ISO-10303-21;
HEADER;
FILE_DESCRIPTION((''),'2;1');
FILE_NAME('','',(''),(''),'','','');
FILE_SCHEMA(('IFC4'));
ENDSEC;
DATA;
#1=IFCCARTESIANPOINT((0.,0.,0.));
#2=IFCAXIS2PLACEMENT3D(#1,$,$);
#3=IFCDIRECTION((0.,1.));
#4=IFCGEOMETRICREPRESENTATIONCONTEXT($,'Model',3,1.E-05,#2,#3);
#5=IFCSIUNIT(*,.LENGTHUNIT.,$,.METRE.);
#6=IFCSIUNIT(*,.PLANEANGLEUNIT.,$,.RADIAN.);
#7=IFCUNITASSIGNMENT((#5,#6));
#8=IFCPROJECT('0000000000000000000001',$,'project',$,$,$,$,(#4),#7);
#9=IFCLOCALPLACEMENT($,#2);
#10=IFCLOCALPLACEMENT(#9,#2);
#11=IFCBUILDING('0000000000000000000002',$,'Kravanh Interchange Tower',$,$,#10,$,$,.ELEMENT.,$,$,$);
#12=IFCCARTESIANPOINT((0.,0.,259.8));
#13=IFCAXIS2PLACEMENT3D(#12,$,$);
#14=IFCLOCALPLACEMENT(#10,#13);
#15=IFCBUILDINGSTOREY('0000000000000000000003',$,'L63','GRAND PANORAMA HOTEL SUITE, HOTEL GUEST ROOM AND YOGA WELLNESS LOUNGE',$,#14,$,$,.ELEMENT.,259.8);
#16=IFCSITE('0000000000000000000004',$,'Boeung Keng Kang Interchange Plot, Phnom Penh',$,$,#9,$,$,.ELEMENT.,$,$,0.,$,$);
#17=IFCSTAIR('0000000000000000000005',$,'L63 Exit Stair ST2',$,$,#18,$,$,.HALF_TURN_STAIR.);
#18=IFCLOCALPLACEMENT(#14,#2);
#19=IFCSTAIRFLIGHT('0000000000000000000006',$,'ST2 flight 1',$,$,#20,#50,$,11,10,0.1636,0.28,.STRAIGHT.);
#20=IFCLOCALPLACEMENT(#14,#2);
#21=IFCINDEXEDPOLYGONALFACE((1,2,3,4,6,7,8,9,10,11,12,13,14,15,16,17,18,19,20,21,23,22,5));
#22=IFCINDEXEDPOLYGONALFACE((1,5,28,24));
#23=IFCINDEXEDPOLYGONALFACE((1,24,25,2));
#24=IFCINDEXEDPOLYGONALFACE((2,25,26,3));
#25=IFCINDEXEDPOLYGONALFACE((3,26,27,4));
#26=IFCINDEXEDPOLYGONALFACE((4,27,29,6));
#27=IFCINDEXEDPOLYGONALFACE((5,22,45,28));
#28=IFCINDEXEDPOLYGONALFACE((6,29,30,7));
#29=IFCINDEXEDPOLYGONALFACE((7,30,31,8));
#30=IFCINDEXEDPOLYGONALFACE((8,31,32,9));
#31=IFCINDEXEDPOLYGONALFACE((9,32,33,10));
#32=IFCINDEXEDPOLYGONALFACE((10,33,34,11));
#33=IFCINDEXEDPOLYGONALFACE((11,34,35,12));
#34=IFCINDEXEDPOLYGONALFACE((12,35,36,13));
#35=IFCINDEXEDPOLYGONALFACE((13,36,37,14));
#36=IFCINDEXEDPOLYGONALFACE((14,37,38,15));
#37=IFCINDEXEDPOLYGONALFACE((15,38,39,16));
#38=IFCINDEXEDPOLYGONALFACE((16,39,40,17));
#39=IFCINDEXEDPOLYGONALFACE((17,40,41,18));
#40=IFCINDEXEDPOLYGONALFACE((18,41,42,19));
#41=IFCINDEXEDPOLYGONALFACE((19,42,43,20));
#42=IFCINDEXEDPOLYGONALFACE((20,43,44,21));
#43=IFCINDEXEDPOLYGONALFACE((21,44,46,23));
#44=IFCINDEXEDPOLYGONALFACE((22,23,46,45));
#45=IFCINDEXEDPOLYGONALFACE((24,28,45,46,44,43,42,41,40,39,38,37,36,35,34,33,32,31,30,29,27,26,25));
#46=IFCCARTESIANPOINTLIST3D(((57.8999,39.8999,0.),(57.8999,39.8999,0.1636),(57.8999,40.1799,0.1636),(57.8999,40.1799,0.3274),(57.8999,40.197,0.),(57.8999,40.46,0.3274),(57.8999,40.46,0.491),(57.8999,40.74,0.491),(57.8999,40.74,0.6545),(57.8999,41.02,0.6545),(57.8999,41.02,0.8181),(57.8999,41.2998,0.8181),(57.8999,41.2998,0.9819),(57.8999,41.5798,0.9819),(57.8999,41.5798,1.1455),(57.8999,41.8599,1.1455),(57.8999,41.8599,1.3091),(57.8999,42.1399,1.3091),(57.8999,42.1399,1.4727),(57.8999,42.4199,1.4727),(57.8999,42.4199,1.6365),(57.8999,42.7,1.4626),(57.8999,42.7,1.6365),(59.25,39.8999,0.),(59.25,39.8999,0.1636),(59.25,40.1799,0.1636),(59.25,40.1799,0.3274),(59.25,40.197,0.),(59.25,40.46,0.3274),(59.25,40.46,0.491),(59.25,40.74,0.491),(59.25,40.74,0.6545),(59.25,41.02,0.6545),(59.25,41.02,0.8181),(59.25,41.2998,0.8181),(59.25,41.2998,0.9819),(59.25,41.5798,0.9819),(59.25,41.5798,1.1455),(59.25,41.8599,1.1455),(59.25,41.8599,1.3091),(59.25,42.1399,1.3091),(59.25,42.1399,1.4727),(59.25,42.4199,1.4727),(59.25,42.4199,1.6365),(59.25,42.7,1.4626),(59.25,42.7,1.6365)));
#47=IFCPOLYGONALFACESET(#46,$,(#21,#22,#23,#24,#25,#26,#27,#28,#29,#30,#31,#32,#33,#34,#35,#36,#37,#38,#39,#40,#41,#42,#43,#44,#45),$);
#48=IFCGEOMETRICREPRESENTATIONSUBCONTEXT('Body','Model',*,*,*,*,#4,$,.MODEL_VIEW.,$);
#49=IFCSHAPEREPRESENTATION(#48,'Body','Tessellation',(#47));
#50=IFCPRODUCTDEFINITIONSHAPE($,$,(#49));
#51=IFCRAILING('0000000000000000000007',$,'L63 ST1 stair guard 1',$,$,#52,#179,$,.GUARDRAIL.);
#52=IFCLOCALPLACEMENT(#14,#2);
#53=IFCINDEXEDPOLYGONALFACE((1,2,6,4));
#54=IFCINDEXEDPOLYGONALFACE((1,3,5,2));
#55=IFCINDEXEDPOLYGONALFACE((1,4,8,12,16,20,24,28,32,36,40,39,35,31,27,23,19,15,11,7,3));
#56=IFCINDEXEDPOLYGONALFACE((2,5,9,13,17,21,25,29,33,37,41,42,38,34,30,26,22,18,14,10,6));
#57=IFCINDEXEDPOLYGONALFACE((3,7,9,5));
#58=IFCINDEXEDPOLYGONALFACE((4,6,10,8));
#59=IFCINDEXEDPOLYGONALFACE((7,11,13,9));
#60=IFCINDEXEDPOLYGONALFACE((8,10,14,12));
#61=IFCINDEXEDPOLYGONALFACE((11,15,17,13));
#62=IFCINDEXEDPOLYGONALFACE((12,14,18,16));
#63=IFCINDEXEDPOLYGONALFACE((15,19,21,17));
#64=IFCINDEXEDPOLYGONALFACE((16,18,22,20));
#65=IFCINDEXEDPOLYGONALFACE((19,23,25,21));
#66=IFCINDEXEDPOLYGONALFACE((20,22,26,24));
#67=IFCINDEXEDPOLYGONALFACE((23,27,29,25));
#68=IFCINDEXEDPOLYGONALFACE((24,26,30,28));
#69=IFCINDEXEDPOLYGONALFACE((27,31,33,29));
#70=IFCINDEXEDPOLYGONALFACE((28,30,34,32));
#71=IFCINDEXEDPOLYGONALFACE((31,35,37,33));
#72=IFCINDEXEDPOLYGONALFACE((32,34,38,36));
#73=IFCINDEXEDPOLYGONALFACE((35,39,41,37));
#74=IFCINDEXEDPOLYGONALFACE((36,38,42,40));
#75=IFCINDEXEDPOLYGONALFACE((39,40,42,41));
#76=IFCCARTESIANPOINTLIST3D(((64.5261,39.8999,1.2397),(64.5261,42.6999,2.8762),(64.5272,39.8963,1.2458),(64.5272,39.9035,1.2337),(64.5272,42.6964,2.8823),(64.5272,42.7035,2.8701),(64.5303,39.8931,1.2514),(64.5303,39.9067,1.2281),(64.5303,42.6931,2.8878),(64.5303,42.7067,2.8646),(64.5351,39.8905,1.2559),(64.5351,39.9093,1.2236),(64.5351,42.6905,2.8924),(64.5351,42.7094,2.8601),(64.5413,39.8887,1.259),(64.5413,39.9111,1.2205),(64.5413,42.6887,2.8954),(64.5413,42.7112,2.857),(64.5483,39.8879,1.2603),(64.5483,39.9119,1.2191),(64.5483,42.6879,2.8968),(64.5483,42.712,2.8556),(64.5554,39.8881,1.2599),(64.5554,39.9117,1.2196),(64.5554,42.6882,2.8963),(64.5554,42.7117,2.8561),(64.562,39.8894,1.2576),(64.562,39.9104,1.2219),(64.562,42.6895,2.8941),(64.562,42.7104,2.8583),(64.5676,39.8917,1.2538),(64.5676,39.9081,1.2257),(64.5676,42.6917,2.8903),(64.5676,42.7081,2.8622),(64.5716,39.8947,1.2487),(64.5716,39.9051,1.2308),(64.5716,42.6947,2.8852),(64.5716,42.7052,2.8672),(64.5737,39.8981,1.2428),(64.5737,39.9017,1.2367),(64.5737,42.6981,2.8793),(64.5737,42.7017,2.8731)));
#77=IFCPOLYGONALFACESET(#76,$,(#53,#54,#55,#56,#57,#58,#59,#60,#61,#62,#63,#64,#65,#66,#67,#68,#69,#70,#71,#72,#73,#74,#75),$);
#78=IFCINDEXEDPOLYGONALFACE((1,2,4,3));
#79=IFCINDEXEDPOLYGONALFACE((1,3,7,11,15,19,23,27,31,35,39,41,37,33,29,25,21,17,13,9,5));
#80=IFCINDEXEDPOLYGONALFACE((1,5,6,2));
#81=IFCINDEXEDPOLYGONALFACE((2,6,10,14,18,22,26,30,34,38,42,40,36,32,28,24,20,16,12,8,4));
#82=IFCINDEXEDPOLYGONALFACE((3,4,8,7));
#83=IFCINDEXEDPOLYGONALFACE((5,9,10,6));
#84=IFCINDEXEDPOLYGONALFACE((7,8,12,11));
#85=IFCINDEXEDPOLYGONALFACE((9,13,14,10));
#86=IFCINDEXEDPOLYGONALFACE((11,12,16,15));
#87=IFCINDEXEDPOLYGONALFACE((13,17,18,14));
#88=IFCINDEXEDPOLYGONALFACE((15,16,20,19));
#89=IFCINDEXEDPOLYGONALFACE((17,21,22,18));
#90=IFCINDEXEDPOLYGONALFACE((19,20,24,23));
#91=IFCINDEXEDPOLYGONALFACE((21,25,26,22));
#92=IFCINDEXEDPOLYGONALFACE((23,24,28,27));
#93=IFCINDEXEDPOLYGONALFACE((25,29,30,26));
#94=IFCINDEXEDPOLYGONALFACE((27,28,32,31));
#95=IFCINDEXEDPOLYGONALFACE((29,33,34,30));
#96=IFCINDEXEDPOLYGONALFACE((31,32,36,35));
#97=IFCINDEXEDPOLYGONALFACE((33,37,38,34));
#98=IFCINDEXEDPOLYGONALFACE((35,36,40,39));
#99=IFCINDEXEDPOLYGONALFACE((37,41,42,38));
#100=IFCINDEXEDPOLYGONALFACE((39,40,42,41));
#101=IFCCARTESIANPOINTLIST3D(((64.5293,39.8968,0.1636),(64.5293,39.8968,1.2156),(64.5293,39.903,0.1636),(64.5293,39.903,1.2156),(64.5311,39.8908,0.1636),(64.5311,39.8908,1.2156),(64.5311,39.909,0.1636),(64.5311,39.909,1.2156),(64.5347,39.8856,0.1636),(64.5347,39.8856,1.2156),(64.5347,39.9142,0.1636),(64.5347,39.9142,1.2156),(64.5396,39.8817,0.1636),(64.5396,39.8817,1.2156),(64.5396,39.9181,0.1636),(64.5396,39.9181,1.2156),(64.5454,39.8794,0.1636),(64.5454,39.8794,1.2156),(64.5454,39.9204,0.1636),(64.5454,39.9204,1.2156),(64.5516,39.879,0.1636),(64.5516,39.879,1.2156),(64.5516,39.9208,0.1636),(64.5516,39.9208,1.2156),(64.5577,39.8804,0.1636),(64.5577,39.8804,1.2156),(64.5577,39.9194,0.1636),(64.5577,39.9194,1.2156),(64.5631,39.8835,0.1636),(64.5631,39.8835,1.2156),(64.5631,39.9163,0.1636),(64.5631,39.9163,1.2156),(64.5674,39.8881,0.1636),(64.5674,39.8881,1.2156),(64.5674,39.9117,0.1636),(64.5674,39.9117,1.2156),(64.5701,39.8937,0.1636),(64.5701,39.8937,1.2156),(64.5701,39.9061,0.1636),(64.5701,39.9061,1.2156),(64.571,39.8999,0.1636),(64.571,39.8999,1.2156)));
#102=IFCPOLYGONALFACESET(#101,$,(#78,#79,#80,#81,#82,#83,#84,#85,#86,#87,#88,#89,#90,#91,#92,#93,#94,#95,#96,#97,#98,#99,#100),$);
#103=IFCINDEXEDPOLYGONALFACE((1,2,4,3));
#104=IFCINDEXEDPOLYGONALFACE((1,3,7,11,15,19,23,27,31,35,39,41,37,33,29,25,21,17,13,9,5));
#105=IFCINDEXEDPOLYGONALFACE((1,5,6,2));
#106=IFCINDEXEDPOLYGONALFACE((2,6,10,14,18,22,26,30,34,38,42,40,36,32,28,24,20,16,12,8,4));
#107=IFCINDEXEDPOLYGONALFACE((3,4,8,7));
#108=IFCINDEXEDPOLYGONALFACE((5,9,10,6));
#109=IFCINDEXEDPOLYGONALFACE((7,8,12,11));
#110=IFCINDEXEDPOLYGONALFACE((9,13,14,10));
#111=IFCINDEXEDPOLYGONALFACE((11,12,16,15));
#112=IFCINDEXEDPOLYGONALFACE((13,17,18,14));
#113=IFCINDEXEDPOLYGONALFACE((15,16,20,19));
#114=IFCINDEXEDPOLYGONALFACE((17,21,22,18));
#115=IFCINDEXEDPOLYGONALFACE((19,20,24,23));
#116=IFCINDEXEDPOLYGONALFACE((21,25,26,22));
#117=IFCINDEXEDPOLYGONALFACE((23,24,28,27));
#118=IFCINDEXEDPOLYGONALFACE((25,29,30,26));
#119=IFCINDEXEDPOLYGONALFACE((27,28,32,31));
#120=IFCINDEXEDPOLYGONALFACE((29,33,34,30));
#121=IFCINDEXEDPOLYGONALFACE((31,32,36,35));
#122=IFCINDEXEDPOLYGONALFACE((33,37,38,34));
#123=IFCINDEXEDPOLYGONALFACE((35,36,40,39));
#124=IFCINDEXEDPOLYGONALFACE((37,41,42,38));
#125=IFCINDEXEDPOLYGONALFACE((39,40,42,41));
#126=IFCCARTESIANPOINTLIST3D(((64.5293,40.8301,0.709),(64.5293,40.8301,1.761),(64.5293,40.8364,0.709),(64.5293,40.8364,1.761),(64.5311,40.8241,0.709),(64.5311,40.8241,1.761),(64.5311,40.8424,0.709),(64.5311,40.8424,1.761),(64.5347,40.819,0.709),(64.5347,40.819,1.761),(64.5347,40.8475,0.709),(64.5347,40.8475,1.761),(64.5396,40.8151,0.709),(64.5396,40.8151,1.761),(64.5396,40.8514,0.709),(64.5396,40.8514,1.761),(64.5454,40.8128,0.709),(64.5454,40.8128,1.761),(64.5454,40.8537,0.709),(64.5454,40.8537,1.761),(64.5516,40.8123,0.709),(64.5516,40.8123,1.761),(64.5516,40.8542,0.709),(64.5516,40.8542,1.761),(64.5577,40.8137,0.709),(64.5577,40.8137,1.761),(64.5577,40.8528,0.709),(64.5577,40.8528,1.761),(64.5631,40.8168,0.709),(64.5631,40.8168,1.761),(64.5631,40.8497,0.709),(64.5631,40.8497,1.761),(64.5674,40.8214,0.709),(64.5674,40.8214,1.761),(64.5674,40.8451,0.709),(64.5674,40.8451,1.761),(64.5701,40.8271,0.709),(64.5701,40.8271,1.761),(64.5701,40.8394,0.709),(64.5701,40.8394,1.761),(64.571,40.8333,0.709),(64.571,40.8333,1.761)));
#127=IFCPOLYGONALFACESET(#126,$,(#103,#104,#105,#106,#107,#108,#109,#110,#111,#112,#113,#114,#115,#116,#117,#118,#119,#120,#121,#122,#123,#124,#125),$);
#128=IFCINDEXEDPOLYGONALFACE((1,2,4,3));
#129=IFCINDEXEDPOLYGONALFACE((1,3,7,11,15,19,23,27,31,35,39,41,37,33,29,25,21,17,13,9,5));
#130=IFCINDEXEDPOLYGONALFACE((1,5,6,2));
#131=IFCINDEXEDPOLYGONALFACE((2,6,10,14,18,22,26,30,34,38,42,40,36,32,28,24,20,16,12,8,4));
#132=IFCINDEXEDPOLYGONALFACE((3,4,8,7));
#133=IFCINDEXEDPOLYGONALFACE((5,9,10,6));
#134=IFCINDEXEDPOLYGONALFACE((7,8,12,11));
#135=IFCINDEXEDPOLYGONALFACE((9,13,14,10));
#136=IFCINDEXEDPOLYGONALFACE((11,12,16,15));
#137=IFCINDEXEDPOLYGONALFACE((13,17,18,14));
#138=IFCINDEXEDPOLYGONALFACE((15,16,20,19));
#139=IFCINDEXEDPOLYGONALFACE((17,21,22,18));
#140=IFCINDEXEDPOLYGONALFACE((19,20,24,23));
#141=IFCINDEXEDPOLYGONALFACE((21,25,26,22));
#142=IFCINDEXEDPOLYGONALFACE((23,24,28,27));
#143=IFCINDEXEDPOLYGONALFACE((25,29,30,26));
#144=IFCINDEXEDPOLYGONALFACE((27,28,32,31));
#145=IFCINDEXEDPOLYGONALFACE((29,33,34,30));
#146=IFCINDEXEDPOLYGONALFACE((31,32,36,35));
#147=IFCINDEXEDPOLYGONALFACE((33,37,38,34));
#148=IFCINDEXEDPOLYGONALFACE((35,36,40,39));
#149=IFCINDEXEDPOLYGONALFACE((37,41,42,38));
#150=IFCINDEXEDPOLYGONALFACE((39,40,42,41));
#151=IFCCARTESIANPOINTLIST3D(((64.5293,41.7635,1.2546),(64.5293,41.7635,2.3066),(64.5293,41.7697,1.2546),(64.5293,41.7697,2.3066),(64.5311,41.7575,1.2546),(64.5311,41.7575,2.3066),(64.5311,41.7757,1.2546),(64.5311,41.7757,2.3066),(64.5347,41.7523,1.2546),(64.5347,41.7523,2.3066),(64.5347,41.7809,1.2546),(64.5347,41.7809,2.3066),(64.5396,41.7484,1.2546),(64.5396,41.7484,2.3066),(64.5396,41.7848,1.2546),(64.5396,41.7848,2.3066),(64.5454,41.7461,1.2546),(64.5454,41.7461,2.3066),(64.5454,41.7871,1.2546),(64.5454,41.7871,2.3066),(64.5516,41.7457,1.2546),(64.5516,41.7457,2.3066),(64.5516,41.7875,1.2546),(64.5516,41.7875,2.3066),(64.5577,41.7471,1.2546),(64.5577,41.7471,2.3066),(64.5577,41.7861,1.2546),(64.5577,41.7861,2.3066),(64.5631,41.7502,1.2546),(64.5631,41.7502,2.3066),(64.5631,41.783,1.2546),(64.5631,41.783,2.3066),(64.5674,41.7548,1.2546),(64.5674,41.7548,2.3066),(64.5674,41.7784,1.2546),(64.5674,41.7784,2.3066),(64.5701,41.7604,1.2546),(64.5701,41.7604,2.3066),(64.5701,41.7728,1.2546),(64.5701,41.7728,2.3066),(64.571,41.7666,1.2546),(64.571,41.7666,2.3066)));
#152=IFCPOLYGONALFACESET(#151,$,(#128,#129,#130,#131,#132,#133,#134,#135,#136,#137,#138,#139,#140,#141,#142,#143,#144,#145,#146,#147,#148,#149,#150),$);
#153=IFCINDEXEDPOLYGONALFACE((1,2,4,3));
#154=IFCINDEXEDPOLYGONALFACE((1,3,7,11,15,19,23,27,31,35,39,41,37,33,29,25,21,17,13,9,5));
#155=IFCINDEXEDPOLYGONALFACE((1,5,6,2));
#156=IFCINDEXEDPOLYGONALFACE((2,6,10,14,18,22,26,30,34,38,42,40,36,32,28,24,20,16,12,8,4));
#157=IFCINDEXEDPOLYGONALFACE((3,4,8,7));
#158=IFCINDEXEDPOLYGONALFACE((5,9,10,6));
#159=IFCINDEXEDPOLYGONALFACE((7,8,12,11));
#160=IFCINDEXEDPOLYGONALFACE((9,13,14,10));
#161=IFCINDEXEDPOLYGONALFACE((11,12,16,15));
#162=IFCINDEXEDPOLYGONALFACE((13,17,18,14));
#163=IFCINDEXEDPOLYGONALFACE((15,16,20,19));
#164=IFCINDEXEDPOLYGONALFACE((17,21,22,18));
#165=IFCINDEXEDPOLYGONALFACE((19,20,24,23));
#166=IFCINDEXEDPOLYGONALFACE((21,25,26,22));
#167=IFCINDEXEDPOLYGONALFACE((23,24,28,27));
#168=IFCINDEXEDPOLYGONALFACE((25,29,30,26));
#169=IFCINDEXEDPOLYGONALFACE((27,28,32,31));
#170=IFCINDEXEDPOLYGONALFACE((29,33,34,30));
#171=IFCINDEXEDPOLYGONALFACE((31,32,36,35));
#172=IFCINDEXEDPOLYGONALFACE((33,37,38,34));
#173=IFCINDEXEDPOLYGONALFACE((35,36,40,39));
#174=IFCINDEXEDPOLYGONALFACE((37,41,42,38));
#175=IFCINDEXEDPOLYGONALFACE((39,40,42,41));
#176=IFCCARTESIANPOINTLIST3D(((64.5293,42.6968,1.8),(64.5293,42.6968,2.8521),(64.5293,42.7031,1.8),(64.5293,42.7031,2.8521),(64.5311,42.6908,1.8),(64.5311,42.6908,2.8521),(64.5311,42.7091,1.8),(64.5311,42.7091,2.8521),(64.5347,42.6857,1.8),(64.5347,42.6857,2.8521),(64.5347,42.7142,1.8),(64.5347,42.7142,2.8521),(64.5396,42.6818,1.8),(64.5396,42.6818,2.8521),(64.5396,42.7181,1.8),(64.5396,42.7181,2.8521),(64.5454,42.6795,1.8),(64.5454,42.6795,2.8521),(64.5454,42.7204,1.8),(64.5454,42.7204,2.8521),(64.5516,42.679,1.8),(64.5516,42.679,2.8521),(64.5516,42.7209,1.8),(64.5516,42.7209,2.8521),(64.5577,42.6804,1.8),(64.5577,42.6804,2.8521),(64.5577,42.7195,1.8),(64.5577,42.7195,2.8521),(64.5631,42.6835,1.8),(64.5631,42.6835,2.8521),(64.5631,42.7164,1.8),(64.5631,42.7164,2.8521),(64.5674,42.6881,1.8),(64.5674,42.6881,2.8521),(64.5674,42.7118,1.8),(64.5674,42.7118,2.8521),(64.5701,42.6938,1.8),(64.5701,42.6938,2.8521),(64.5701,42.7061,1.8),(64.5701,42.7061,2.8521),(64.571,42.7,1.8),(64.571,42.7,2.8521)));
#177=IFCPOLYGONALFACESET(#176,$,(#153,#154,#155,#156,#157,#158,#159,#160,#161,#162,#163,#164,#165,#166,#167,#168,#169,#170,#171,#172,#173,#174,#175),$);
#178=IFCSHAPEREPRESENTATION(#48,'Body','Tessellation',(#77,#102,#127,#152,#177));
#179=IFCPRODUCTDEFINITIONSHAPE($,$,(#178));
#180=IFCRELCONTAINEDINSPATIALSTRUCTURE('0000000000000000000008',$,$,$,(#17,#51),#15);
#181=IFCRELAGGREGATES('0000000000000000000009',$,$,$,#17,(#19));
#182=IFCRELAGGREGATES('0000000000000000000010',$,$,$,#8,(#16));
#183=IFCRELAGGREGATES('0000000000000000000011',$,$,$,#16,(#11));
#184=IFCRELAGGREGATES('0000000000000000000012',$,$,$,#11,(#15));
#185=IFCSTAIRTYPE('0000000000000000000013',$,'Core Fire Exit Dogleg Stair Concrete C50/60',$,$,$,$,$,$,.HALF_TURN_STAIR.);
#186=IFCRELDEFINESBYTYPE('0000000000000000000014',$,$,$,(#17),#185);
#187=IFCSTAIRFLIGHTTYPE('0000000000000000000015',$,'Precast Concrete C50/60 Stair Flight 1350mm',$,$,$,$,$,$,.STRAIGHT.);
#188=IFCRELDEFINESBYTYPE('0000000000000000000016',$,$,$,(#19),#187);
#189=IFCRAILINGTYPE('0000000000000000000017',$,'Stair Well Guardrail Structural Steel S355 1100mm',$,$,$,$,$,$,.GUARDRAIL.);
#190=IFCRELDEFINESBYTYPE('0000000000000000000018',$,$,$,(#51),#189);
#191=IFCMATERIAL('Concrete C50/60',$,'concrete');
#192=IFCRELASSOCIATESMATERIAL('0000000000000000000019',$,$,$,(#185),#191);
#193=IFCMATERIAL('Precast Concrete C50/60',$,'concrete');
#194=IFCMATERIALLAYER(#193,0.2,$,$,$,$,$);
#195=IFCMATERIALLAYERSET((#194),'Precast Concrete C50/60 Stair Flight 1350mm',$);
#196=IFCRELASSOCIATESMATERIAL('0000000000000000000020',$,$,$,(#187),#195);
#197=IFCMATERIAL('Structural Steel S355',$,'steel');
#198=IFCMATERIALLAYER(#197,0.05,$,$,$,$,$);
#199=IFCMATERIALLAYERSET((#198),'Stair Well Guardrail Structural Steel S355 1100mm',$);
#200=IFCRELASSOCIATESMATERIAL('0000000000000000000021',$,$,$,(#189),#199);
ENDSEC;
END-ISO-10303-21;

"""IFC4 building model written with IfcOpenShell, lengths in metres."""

from ifc_helpers import new_model, si_unit, direction, frame, origin, origin_2d, place, context, subcontext, project, spatial, polyline, circle, outline, extrude, material, layer, layer_set, type_object, element, aggregate, save


model = new_model("IFC4")

# Units and contexts
model_context = context("Model", 3, precision=1e-05, world=origin(), true_north=direction((0.0, 1.0)))
body_context = subcontext(model_context, "Body", "Model", "MODEL_VIEW")
ifc_project = project(units=[si_unit("LENGTHUNIT", "METRE"), si_unit("PLANEANGLEUNIT", "RADIAN")], contexts=[model_context])

# Site, building, storey
site_placement = place(None, origin())
site = spatial("IfcSite", under=ifc_project, at=site_placement, Name="Boeung Keng Kang Interchange Plot, Phnom Penh", CompositionType="ELEMENT", RefElevation=0.0)
building_placement = place(site_placement, origin())
building = spatial("IfcBuilding", under=site, at=building_placement, Name="Kravanh Interchange Tower", CompositionType="ELEMENT")
storey_placement = place(building_placement, frame((0.0, 0.0, 259.8)))
storey = spatial("IfcBuildingStorey", under=building, at=storey_placement, Name="L63", Description="GRAND PANORAMA HOTEL SUITE, HOTEL GUEST ROOM AND YOGA WELLNESS LOUNGE", CompositionType="ELEMENT", Elevation=259.8)

# Shared definitions
ifc_material_1 = material(Name="Concrete C50/60", Category="concrete")
stair_type = type_object("IfcStairType", Name="Core Fire Exit Dogleg Stair Concrete C50/60", PredefinedType="HALF_TURN_STAIR", material=ifc_material_1)
ifc_material_2 = material(Name="Precast Concrete C50/60", Category="concrete")
ifc_layer_1 = layer(ifc_material_2, 0.2)
ifc_layer_set_1 = layer_set([ifc_layer_1], Name="Precast Concrete C50/60 Stair Flight 1350mm")
stair_flight_type = type_object("IfcStairFlightType", Name="Precast Concrete C50/60 Stair Flight 1350mm", PredefinedType="STRAIGHT", material=ifc_layer_set_1)

# Stair, stair flight
stair_1_placement = place(storey_placement, origin())
stair_1 = element("IfcStair", 1, at=stair_1_placement, inside=storey, type_object=stair_type, Name="L63 Exit Stair ST2", PredefinedType="HALF_TURN_STAIR")
stair_flight_1_placement = place(storey_placement, frame((58.575, 39.8999, 0.0), z_axis=(0.0, 0.0, 1.0), x_axis=(0.0, 1.0, 0.0)))
stair_flight_1 = element("IfcStairFlight", 2, at=stair_flight_1_placement, type_object=stair_flight_type, Name="ST2 flight 1", NumberOfRisers=11, NumberOfTreads=10, PredefinedType="STRAIGHT", RiserHeight=0.1636, TreadLength=0.28, context=body_context, shape_type="SweptSolid", body=[
    extrude(outline(polyline([(0.0, 0.0), (0.0, 0.1636), (0.28, 0.1636), (0.28, 0.3274), (0.5601, 0.3274), (0.5601, 0.491), (0.8401, 0.491), (0.8401, 0.6545), (1.1201, 0.6545), (1.1201, 0.8181), (1.3999, 0.8181), (1.3999, 0.9819), (1.6799, 0.9819), (1.6799, 1.1455), (1.96, 1.1455), (1.96, 1.3091), (2.24, 1.3091), (2.24, 1.4727), (2.52, 1.4727), (2.52, 1.6365), (2.8, 1.6365), (2.8, 1.8), (2.8, 1.4626), (0.2971, 0.0), (0.0, 0.0)])), frame((0.0, 0.675, 0.0), z_axis=(0.0, -1.0, 0.0), x_axis=(1.0, 0.0, 0.0)), (0.0, 0.0, 1.0), 1.3501),
])
aggregate(stair_1, [stair_flight_1])

# Railing
ifc_material_3 = material(Name="Structural Steel S355", Category="steel")
ifc_layer_2 = layer(ifc_material_3, 0.05)
ifc_layer_set_2 = layer_set([ifc_layer_2], Name="Stair Well Guardrail Structural Steel S355 1100mm")
railing_type_1 = type_object("IfcRailingType", Name="Stair Well Guardrail Structural Steel S355 1100mm", PredefinedType="GUARDRAIL", material=ifc_layer_set_2)
railing_1_placement = place(storey_placement, frame((64.55, 39.8999, 0.1636)))
element("IfcRailing", 3, at=railing_1_placement, inside=storey, type_object=railing_type_1, Name="L63 ST1 stair guard 1", PredefinedType="GUARDRAIL", context=body_context, shape_type="SweptSolid", body=[
    extrude(circle(Radius=0.0239, at=origin_2d()), frame((0.0, 0.0, 1.0762), z_axis=(0.0, 0.863361, 0.504587), x_axis=(-1.0, 0.0, 0.0)), (0.0, 0.0, 1.0), 3.2432),
    extrude(circle(Radius=0.021, at=origin_2d()), origin(), (0.0, 0.0, 1.0), 1.052),
    extrude(circle(Radius=0.021, at=origin_2d()), frame((0.0, 0.9333, 0.5454)), (0.0, 0.0, 1.0), 1.052),
    extrude(circle(Radius=0.021, at=origin_2d()), frame((0.0, 1.8667, 1.0911)), (0.0, 0.0, 1.0), 1.052),
    extrude(circle(Radius=0.021, at=origin_2d()), frame((0.0, 2.8, 1.6365)), (0.0, 0.0, 1.0), 1.052),
])

save(model, "model.ifc")
